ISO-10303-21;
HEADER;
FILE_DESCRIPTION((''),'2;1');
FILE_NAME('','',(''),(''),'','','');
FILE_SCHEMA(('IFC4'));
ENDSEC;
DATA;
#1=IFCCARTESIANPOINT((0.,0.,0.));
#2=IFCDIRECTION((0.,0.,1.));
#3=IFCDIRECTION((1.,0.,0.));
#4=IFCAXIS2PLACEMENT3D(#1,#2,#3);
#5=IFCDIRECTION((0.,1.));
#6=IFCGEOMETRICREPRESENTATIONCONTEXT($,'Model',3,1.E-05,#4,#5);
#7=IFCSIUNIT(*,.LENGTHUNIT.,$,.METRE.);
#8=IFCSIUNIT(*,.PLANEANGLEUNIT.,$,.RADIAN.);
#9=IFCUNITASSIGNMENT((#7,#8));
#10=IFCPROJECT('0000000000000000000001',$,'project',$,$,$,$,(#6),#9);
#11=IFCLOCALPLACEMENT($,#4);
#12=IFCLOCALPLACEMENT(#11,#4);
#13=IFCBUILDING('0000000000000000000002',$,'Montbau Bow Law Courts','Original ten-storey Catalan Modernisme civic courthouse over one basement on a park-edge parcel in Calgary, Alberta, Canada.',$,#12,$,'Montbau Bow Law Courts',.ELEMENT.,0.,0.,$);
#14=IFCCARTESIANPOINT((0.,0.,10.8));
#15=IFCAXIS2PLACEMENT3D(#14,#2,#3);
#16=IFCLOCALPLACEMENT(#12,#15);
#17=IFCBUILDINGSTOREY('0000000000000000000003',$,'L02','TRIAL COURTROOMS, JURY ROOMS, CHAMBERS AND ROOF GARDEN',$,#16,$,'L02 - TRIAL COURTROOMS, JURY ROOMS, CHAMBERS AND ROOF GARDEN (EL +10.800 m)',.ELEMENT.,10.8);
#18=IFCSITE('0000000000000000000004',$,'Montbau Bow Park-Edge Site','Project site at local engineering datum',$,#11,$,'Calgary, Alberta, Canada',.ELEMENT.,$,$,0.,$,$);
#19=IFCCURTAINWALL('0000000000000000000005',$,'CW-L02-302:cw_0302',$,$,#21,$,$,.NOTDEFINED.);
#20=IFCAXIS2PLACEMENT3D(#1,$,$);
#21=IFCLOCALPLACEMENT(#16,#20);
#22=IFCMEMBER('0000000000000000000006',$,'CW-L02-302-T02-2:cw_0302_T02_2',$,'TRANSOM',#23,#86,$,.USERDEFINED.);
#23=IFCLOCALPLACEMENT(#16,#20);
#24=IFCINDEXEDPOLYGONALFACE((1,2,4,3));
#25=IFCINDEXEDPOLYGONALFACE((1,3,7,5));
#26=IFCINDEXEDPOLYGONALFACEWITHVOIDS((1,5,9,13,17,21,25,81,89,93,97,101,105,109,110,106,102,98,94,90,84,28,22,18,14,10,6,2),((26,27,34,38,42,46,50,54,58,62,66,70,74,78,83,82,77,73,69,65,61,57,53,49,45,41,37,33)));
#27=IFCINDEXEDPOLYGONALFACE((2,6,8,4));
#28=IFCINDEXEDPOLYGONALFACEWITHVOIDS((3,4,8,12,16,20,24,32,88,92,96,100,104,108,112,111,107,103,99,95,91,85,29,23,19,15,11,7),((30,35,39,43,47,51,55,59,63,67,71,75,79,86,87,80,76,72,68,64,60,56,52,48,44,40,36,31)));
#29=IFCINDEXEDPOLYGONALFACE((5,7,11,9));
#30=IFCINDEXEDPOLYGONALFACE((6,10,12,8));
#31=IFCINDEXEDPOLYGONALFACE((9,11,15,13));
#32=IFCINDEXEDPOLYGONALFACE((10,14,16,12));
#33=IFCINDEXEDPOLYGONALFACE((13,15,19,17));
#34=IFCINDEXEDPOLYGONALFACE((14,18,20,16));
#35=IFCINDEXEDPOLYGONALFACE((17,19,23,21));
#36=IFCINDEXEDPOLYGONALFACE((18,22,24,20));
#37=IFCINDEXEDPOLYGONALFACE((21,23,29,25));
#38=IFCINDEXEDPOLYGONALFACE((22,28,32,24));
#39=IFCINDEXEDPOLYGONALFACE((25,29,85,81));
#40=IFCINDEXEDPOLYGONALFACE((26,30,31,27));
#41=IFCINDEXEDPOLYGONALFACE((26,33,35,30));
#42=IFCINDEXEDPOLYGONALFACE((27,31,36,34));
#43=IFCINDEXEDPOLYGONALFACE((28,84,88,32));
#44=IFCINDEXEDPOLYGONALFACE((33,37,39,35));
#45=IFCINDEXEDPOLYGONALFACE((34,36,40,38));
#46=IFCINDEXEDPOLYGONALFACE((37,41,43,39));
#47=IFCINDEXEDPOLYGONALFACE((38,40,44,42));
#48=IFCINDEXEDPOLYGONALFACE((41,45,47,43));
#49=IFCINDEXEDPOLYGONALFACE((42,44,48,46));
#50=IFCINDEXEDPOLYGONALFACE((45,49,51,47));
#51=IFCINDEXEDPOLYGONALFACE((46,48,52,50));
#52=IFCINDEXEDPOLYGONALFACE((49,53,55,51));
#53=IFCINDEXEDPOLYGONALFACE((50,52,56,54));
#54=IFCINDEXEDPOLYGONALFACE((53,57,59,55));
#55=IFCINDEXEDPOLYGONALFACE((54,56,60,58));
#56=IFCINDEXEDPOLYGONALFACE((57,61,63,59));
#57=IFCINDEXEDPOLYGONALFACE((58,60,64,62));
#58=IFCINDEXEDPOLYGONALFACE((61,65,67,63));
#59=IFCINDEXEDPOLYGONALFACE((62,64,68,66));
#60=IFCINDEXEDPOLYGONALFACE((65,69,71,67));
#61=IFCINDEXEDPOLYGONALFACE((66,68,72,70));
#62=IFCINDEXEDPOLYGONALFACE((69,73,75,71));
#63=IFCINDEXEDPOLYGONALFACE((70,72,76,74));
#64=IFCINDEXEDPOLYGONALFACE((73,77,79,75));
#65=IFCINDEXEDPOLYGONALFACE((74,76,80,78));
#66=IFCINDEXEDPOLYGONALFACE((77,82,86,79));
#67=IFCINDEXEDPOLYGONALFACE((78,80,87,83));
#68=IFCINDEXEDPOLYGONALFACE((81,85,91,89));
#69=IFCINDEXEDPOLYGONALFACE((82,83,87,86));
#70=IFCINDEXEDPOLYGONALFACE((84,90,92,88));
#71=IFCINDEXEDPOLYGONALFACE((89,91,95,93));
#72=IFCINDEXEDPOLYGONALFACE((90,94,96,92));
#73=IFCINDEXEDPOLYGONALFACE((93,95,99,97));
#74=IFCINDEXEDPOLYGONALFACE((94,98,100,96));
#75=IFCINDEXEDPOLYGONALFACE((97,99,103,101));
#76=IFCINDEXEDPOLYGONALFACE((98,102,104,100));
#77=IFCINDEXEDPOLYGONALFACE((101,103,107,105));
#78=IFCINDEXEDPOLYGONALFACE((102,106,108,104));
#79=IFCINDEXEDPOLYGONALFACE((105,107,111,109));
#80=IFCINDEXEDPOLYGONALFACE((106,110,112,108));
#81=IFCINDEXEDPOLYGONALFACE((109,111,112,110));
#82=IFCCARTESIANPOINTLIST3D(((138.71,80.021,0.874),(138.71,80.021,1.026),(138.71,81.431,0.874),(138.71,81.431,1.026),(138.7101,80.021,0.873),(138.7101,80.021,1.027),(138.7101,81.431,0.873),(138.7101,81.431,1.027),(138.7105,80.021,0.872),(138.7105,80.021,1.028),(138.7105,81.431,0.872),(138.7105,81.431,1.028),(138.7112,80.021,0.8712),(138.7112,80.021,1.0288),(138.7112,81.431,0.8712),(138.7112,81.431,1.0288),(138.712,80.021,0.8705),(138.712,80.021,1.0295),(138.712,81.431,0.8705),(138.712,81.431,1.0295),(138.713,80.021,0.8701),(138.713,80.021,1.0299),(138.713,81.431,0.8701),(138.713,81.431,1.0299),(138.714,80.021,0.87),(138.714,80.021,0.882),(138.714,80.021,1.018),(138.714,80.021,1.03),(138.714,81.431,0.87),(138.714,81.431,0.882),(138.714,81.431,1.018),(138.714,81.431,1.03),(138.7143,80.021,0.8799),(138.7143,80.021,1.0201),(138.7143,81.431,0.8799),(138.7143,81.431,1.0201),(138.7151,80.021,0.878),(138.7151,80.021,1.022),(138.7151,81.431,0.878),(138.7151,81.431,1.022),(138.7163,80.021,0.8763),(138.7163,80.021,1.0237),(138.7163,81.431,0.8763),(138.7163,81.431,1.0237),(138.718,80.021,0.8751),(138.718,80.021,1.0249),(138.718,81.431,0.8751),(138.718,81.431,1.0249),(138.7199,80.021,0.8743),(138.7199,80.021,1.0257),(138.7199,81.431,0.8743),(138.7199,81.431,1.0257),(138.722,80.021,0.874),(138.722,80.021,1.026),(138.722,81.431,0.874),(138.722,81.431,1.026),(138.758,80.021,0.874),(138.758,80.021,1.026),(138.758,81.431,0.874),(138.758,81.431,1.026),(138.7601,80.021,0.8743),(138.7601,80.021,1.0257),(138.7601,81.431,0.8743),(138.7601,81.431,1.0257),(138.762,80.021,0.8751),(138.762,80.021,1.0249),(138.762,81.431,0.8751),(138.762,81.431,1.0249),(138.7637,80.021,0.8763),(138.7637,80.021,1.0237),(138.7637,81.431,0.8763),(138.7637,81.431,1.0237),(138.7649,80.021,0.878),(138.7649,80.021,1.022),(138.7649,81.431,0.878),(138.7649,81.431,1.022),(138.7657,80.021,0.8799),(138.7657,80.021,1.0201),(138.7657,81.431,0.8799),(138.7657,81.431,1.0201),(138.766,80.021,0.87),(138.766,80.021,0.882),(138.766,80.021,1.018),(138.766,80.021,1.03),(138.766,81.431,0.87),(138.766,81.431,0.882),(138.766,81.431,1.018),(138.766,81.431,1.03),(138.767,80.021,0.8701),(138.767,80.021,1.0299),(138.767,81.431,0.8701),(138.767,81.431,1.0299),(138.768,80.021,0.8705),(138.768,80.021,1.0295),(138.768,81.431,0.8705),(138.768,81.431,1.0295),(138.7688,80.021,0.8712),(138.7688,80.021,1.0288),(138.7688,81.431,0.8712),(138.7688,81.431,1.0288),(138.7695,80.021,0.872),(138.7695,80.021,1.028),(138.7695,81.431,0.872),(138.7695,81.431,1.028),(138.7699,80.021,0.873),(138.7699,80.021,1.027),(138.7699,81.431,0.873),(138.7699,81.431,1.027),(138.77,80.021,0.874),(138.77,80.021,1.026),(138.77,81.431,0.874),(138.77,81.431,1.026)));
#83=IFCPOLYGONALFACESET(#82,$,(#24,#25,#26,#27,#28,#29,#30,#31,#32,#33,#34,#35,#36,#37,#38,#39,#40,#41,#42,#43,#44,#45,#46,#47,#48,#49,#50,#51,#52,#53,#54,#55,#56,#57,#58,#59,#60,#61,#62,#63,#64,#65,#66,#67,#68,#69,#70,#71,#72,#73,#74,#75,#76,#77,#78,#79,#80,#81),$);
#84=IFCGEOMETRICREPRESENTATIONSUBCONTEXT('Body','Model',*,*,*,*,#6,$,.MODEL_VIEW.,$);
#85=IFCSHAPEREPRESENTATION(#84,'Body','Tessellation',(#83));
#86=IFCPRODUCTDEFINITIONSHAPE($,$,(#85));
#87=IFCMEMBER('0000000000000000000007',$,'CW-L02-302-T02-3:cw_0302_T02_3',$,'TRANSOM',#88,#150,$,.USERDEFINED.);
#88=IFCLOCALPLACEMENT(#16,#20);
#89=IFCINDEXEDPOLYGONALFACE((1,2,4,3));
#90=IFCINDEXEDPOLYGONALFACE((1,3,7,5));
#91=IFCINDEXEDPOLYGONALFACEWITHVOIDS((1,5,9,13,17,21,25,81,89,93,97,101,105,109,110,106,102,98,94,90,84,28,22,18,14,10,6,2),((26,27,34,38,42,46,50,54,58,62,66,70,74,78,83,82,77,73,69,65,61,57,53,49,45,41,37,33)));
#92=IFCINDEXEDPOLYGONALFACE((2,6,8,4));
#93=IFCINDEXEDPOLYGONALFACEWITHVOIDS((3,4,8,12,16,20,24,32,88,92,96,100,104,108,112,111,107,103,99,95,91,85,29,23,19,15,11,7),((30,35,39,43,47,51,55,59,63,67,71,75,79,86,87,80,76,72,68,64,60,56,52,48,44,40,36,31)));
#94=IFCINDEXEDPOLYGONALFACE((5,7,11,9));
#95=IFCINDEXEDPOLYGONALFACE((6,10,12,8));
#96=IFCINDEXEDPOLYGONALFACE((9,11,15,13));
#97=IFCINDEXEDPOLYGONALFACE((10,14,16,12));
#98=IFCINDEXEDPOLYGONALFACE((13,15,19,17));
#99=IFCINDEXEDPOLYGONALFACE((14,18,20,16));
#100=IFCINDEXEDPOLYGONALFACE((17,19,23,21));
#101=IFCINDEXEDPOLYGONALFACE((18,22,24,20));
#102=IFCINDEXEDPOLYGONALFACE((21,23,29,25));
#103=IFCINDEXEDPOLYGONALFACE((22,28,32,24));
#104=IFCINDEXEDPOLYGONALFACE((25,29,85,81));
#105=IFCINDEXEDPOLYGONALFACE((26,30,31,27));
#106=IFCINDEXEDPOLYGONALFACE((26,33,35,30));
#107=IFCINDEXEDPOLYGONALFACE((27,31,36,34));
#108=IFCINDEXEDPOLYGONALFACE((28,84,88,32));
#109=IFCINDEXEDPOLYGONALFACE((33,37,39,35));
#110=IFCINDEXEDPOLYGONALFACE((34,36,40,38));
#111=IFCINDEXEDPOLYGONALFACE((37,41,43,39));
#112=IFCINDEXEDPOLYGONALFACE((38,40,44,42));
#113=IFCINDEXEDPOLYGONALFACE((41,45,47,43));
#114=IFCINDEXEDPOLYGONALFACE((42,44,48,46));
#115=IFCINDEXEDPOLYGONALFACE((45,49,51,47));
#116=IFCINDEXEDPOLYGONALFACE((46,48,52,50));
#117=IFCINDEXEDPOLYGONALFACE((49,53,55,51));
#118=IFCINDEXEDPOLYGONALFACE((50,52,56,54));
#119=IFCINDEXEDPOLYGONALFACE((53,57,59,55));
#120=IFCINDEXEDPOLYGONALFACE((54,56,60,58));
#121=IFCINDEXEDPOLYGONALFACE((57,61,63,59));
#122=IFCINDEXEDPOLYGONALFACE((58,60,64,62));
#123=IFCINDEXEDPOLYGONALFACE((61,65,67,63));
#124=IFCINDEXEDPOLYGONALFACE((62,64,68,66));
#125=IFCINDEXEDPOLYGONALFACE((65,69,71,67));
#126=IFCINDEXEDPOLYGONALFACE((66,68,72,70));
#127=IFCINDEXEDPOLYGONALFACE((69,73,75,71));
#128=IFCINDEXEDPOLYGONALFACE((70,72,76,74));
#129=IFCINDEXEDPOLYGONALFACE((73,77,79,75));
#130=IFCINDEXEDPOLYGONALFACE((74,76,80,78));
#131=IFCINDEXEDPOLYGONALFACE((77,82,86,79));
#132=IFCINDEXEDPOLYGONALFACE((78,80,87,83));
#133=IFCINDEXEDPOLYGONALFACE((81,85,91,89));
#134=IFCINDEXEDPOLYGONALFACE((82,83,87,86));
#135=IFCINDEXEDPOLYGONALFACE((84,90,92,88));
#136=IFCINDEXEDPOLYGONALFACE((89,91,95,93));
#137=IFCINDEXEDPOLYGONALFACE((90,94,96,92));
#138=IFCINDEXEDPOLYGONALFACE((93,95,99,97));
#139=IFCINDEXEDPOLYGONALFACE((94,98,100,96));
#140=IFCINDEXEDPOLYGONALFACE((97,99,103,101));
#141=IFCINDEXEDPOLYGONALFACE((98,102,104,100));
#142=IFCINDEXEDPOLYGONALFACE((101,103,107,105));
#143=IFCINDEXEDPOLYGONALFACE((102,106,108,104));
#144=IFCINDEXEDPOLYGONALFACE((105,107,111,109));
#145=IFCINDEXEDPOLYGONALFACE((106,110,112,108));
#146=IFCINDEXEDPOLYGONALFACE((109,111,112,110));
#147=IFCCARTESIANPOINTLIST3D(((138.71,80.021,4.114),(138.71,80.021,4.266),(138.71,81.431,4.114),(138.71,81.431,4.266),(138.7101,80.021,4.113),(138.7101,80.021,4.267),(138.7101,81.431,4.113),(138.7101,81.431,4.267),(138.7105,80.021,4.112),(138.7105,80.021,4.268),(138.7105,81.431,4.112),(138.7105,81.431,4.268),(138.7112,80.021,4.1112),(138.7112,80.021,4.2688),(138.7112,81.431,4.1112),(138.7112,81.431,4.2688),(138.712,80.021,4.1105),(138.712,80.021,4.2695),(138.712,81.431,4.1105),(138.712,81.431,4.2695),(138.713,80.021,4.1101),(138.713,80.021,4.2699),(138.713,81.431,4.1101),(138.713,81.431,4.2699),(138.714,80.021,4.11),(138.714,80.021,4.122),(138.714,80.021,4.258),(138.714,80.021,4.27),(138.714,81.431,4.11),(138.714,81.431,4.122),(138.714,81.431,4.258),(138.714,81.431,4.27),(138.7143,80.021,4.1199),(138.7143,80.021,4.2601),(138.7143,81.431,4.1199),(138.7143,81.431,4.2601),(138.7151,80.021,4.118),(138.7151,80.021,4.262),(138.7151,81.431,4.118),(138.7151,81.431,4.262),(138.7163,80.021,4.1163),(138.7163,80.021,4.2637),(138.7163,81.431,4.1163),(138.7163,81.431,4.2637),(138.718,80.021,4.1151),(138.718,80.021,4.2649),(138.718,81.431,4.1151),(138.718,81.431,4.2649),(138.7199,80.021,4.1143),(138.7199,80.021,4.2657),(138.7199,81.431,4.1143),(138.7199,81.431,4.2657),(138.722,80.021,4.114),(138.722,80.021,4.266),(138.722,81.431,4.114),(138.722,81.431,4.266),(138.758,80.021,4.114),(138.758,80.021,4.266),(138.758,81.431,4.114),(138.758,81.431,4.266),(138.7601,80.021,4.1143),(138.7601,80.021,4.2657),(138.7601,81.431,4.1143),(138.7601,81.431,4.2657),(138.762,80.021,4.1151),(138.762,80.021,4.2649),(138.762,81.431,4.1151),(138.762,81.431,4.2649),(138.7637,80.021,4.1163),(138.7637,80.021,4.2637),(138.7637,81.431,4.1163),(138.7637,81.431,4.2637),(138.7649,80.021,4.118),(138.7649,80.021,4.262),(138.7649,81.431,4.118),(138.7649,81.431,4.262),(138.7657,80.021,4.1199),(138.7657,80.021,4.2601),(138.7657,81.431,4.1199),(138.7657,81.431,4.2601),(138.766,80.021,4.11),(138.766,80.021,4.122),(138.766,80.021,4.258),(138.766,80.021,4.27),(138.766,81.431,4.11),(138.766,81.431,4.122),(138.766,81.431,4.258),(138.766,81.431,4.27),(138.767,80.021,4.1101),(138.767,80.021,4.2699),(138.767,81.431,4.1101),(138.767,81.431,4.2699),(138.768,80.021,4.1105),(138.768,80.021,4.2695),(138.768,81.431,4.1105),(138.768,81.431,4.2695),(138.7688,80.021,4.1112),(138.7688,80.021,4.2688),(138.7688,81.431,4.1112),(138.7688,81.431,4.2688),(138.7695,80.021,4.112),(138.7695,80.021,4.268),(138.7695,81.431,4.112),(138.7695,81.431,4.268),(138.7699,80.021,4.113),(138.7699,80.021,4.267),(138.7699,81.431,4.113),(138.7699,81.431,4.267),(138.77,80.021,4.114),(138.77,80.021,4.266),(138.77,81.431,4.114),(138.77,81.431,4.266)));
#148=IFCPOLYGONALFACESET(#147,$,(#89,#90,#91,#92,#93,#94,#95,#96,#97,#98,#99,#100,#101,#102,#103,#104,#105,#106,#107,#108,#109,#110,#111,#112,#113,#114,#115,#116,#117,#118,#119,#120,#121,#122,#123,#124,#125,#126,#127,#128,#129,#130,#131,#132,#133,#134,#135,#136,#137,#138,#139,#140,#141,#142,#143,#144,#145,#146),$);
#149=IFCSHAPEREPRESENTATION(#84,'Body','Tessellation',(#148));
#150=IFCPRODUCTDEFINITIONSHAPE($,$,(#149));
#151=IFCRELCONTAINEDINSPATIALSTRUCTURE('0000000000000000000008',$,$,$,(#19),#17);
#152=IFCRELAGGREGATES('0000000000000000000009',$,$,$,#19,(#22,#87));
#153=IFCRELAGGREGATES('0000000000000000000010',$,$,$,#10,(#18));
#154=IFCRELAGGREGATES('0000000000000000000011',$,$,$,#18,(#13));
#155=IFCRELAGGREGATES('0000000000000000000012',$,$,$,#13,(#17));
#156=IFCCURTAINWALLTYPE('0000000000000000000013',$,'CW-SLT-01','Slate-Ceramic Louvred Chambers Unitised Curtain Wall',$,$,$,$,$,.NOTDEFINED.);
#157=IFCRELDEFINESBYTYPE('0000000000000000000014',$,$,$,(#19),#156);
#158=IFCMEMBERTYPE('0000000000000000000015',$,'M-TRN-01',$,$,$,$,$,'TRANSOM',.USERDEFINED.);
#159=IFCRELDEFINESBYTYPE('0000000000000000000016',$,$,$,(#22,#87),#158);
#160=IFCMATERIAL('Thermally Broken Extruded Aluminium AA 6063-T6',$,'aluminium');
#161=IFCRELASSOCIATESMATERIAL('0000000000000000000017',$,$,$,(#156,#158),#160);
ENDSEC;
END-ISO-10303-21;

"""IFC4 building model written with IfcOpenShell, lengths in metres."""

from ifc_helpers import new_model, si_unit, direction, frame, origin_with_axes, origin_2d_with_axis, place, context, subcontext, project, spatial, hollow_rectangle, extrude, material, material_profile, profile_set, type_object, element, aggregate, save


model = new_model("IFC4")

# Units and contexts
model_context = context("Model", 3, precision=1e-05, world=origin_with_axes(), true_north=direction((0.0, 1.0)))
body_context = subcontext(model_context, "Body", "Model", "MODEL_VIEW")
ifc_project = project(units=[si_unit("LENGTHUNIT", "METRE"), si_unit("PLANEANGLEUNIT", "RADIAN")], contexts=[model_context])

# Site, building, storey
site_placement = place(None, origin_with_axes())
site = spatial("IfcSite", under=ifc_project, at=site_placement, Name="Montbau Bow Park-Edge Site", Description="Project site at local engineering datum", LongName="Calgary, Alberta, Canada", CompositionType="ELEMENT", RefElevation=0.0)
building_placement = place(site_placement, origin_with_axes())
building = spatial("IfcBuilding", under=site, at=building_placement, Name="Montbau Bow Law Courts", Description="Original ten-storey Catalan Modernisme civic courthouse over one basement on a park-edge parcel in Calgary, Alberta, Canada.", LongName="Montbau Bow Law Courts", CompositionType="ELEMENT", ElevationOfRefHeight=0.0, ElevationOfTerrain=0.0)
storey_placement = place(building_placement, frame((0.0, 0.0, 10.8), z_axis=(0.0, 0.0, 1.0), x_axis=(1.0, 0.0, 0.0)))
storey = spatial("IfcBuildingStorey", under=building, at=storey_placement, Name="L02", Description="TRIAL COURTROOMS, JURY ROOMS, CHAMBERS AND ROOF GARDEN", LongName="L02 - TRIAL COURTROOMS, JURY ROOMS, CHAMBERS AND ROOF GARDEN (EL +10.800 m)", CompositionType="ELEMENT", Elevation=10.8)

# Curtain wall, members
ifc_material_1 = material(Name="Thermally Broken Extruded Aluminium AA 6063-T6", Category="aluminium")
curtain_wall_type = type_object("IfcCurtainWallType", Name="CW-SLT-01", Description="Slate-Ceramic Louvred Chambers Unitised Curtain Wall", PredefinedType="NOTDEFINED", material=ifc_material_1)
curtain_wall_1_placement = place(None, frame((138.74, 78.515, 10.8), z_axis=(0.0, 0.0, 1.0), x_axis=(1.0, 0.0, 0.0)))
curtain_wall_1 = element("IfcCurtainWall", 1, at=curtain_wall_1_placement, inside=storey, type_object=curtain_wall_type, Name="CW-L02-302:cw_0302", PredefinedType="NOTDEFINED")
ifc_material_profile_1 = material_profile(ifc_material_1, hollow_rectangle(XDim=0.06, YDim=0.16, WallThickness=0.004, InnerFilletRadius=0.008, OuterFilletRadius=0.004, at=origin_2d_with_axis()), Name="CWT-160X60", Category="Main", Priority=0)
ifc_profile_set_1 = profile_set([ifc_material_profile_1], Name="Thermally Broken Extruded Aluminium AA 6063-T6")
member_type_1 = type_object("IfcMemberType", Name="M-TRN-01", ElementType="TRANSOM", PredefinedType="USERDEFINED", material=ifc_profile_set_1)
member_1_placement = place(None, frame((138.74, 80.021, 11.75), z_axis=(0.0, 1.0, 0.0), x_axis=(-1.0, 0.0, 0.0)))
member_1 = element("IfcMember", 2, at=member_1_placement, type_object=member_type_1, Name="CW-L02-302-T02-2:cw_0302_T02_2", ObjectType="TRANSOM", PredefinedType="USERDEFINED", context=body_context, shape_type="SweptSolid", body=[
    extrude(hollow_rectangle(XDim=0.06, YDim=0.16, WallThickness=0.004, InnerFilletRadius=0.008, OuterFilletRadius=0.004, at=origin_2d_with_axis()), origin_with_axes(), (0.0, 0.0, 1.0), 1.41),
])
member_2_placement = place(None, frame((138.74, 80.021, 14.99), z_axis=(0.0, 1.0, 0.0), x_axis=(-1.0, 0.0, 0.0)))
member_2 = element("IfcMember", 3, at=member_2_placement, type_object=member_type_1, Name="CW-L02-302-T02-3:cw_0302_T02_3", ObjectType="TRANSOM", PredefinedType="USERDEFINED", context=body_context, shape_type="SweptSolid", body=[
    extrude(hollow_rectangle(XDim=0.06, YDim=0.16, WallThickness=0.004, InnerFilletRadius=0.008, OuterFilletRadius=0.004, at=origin_2d_with_axis()), origin_with_axes(), (0.0, 0.0, 1.0), 1.41),
])

aggregate(curtain_wall_1, [member_1, member_2])

save(model, "model.ifc")
